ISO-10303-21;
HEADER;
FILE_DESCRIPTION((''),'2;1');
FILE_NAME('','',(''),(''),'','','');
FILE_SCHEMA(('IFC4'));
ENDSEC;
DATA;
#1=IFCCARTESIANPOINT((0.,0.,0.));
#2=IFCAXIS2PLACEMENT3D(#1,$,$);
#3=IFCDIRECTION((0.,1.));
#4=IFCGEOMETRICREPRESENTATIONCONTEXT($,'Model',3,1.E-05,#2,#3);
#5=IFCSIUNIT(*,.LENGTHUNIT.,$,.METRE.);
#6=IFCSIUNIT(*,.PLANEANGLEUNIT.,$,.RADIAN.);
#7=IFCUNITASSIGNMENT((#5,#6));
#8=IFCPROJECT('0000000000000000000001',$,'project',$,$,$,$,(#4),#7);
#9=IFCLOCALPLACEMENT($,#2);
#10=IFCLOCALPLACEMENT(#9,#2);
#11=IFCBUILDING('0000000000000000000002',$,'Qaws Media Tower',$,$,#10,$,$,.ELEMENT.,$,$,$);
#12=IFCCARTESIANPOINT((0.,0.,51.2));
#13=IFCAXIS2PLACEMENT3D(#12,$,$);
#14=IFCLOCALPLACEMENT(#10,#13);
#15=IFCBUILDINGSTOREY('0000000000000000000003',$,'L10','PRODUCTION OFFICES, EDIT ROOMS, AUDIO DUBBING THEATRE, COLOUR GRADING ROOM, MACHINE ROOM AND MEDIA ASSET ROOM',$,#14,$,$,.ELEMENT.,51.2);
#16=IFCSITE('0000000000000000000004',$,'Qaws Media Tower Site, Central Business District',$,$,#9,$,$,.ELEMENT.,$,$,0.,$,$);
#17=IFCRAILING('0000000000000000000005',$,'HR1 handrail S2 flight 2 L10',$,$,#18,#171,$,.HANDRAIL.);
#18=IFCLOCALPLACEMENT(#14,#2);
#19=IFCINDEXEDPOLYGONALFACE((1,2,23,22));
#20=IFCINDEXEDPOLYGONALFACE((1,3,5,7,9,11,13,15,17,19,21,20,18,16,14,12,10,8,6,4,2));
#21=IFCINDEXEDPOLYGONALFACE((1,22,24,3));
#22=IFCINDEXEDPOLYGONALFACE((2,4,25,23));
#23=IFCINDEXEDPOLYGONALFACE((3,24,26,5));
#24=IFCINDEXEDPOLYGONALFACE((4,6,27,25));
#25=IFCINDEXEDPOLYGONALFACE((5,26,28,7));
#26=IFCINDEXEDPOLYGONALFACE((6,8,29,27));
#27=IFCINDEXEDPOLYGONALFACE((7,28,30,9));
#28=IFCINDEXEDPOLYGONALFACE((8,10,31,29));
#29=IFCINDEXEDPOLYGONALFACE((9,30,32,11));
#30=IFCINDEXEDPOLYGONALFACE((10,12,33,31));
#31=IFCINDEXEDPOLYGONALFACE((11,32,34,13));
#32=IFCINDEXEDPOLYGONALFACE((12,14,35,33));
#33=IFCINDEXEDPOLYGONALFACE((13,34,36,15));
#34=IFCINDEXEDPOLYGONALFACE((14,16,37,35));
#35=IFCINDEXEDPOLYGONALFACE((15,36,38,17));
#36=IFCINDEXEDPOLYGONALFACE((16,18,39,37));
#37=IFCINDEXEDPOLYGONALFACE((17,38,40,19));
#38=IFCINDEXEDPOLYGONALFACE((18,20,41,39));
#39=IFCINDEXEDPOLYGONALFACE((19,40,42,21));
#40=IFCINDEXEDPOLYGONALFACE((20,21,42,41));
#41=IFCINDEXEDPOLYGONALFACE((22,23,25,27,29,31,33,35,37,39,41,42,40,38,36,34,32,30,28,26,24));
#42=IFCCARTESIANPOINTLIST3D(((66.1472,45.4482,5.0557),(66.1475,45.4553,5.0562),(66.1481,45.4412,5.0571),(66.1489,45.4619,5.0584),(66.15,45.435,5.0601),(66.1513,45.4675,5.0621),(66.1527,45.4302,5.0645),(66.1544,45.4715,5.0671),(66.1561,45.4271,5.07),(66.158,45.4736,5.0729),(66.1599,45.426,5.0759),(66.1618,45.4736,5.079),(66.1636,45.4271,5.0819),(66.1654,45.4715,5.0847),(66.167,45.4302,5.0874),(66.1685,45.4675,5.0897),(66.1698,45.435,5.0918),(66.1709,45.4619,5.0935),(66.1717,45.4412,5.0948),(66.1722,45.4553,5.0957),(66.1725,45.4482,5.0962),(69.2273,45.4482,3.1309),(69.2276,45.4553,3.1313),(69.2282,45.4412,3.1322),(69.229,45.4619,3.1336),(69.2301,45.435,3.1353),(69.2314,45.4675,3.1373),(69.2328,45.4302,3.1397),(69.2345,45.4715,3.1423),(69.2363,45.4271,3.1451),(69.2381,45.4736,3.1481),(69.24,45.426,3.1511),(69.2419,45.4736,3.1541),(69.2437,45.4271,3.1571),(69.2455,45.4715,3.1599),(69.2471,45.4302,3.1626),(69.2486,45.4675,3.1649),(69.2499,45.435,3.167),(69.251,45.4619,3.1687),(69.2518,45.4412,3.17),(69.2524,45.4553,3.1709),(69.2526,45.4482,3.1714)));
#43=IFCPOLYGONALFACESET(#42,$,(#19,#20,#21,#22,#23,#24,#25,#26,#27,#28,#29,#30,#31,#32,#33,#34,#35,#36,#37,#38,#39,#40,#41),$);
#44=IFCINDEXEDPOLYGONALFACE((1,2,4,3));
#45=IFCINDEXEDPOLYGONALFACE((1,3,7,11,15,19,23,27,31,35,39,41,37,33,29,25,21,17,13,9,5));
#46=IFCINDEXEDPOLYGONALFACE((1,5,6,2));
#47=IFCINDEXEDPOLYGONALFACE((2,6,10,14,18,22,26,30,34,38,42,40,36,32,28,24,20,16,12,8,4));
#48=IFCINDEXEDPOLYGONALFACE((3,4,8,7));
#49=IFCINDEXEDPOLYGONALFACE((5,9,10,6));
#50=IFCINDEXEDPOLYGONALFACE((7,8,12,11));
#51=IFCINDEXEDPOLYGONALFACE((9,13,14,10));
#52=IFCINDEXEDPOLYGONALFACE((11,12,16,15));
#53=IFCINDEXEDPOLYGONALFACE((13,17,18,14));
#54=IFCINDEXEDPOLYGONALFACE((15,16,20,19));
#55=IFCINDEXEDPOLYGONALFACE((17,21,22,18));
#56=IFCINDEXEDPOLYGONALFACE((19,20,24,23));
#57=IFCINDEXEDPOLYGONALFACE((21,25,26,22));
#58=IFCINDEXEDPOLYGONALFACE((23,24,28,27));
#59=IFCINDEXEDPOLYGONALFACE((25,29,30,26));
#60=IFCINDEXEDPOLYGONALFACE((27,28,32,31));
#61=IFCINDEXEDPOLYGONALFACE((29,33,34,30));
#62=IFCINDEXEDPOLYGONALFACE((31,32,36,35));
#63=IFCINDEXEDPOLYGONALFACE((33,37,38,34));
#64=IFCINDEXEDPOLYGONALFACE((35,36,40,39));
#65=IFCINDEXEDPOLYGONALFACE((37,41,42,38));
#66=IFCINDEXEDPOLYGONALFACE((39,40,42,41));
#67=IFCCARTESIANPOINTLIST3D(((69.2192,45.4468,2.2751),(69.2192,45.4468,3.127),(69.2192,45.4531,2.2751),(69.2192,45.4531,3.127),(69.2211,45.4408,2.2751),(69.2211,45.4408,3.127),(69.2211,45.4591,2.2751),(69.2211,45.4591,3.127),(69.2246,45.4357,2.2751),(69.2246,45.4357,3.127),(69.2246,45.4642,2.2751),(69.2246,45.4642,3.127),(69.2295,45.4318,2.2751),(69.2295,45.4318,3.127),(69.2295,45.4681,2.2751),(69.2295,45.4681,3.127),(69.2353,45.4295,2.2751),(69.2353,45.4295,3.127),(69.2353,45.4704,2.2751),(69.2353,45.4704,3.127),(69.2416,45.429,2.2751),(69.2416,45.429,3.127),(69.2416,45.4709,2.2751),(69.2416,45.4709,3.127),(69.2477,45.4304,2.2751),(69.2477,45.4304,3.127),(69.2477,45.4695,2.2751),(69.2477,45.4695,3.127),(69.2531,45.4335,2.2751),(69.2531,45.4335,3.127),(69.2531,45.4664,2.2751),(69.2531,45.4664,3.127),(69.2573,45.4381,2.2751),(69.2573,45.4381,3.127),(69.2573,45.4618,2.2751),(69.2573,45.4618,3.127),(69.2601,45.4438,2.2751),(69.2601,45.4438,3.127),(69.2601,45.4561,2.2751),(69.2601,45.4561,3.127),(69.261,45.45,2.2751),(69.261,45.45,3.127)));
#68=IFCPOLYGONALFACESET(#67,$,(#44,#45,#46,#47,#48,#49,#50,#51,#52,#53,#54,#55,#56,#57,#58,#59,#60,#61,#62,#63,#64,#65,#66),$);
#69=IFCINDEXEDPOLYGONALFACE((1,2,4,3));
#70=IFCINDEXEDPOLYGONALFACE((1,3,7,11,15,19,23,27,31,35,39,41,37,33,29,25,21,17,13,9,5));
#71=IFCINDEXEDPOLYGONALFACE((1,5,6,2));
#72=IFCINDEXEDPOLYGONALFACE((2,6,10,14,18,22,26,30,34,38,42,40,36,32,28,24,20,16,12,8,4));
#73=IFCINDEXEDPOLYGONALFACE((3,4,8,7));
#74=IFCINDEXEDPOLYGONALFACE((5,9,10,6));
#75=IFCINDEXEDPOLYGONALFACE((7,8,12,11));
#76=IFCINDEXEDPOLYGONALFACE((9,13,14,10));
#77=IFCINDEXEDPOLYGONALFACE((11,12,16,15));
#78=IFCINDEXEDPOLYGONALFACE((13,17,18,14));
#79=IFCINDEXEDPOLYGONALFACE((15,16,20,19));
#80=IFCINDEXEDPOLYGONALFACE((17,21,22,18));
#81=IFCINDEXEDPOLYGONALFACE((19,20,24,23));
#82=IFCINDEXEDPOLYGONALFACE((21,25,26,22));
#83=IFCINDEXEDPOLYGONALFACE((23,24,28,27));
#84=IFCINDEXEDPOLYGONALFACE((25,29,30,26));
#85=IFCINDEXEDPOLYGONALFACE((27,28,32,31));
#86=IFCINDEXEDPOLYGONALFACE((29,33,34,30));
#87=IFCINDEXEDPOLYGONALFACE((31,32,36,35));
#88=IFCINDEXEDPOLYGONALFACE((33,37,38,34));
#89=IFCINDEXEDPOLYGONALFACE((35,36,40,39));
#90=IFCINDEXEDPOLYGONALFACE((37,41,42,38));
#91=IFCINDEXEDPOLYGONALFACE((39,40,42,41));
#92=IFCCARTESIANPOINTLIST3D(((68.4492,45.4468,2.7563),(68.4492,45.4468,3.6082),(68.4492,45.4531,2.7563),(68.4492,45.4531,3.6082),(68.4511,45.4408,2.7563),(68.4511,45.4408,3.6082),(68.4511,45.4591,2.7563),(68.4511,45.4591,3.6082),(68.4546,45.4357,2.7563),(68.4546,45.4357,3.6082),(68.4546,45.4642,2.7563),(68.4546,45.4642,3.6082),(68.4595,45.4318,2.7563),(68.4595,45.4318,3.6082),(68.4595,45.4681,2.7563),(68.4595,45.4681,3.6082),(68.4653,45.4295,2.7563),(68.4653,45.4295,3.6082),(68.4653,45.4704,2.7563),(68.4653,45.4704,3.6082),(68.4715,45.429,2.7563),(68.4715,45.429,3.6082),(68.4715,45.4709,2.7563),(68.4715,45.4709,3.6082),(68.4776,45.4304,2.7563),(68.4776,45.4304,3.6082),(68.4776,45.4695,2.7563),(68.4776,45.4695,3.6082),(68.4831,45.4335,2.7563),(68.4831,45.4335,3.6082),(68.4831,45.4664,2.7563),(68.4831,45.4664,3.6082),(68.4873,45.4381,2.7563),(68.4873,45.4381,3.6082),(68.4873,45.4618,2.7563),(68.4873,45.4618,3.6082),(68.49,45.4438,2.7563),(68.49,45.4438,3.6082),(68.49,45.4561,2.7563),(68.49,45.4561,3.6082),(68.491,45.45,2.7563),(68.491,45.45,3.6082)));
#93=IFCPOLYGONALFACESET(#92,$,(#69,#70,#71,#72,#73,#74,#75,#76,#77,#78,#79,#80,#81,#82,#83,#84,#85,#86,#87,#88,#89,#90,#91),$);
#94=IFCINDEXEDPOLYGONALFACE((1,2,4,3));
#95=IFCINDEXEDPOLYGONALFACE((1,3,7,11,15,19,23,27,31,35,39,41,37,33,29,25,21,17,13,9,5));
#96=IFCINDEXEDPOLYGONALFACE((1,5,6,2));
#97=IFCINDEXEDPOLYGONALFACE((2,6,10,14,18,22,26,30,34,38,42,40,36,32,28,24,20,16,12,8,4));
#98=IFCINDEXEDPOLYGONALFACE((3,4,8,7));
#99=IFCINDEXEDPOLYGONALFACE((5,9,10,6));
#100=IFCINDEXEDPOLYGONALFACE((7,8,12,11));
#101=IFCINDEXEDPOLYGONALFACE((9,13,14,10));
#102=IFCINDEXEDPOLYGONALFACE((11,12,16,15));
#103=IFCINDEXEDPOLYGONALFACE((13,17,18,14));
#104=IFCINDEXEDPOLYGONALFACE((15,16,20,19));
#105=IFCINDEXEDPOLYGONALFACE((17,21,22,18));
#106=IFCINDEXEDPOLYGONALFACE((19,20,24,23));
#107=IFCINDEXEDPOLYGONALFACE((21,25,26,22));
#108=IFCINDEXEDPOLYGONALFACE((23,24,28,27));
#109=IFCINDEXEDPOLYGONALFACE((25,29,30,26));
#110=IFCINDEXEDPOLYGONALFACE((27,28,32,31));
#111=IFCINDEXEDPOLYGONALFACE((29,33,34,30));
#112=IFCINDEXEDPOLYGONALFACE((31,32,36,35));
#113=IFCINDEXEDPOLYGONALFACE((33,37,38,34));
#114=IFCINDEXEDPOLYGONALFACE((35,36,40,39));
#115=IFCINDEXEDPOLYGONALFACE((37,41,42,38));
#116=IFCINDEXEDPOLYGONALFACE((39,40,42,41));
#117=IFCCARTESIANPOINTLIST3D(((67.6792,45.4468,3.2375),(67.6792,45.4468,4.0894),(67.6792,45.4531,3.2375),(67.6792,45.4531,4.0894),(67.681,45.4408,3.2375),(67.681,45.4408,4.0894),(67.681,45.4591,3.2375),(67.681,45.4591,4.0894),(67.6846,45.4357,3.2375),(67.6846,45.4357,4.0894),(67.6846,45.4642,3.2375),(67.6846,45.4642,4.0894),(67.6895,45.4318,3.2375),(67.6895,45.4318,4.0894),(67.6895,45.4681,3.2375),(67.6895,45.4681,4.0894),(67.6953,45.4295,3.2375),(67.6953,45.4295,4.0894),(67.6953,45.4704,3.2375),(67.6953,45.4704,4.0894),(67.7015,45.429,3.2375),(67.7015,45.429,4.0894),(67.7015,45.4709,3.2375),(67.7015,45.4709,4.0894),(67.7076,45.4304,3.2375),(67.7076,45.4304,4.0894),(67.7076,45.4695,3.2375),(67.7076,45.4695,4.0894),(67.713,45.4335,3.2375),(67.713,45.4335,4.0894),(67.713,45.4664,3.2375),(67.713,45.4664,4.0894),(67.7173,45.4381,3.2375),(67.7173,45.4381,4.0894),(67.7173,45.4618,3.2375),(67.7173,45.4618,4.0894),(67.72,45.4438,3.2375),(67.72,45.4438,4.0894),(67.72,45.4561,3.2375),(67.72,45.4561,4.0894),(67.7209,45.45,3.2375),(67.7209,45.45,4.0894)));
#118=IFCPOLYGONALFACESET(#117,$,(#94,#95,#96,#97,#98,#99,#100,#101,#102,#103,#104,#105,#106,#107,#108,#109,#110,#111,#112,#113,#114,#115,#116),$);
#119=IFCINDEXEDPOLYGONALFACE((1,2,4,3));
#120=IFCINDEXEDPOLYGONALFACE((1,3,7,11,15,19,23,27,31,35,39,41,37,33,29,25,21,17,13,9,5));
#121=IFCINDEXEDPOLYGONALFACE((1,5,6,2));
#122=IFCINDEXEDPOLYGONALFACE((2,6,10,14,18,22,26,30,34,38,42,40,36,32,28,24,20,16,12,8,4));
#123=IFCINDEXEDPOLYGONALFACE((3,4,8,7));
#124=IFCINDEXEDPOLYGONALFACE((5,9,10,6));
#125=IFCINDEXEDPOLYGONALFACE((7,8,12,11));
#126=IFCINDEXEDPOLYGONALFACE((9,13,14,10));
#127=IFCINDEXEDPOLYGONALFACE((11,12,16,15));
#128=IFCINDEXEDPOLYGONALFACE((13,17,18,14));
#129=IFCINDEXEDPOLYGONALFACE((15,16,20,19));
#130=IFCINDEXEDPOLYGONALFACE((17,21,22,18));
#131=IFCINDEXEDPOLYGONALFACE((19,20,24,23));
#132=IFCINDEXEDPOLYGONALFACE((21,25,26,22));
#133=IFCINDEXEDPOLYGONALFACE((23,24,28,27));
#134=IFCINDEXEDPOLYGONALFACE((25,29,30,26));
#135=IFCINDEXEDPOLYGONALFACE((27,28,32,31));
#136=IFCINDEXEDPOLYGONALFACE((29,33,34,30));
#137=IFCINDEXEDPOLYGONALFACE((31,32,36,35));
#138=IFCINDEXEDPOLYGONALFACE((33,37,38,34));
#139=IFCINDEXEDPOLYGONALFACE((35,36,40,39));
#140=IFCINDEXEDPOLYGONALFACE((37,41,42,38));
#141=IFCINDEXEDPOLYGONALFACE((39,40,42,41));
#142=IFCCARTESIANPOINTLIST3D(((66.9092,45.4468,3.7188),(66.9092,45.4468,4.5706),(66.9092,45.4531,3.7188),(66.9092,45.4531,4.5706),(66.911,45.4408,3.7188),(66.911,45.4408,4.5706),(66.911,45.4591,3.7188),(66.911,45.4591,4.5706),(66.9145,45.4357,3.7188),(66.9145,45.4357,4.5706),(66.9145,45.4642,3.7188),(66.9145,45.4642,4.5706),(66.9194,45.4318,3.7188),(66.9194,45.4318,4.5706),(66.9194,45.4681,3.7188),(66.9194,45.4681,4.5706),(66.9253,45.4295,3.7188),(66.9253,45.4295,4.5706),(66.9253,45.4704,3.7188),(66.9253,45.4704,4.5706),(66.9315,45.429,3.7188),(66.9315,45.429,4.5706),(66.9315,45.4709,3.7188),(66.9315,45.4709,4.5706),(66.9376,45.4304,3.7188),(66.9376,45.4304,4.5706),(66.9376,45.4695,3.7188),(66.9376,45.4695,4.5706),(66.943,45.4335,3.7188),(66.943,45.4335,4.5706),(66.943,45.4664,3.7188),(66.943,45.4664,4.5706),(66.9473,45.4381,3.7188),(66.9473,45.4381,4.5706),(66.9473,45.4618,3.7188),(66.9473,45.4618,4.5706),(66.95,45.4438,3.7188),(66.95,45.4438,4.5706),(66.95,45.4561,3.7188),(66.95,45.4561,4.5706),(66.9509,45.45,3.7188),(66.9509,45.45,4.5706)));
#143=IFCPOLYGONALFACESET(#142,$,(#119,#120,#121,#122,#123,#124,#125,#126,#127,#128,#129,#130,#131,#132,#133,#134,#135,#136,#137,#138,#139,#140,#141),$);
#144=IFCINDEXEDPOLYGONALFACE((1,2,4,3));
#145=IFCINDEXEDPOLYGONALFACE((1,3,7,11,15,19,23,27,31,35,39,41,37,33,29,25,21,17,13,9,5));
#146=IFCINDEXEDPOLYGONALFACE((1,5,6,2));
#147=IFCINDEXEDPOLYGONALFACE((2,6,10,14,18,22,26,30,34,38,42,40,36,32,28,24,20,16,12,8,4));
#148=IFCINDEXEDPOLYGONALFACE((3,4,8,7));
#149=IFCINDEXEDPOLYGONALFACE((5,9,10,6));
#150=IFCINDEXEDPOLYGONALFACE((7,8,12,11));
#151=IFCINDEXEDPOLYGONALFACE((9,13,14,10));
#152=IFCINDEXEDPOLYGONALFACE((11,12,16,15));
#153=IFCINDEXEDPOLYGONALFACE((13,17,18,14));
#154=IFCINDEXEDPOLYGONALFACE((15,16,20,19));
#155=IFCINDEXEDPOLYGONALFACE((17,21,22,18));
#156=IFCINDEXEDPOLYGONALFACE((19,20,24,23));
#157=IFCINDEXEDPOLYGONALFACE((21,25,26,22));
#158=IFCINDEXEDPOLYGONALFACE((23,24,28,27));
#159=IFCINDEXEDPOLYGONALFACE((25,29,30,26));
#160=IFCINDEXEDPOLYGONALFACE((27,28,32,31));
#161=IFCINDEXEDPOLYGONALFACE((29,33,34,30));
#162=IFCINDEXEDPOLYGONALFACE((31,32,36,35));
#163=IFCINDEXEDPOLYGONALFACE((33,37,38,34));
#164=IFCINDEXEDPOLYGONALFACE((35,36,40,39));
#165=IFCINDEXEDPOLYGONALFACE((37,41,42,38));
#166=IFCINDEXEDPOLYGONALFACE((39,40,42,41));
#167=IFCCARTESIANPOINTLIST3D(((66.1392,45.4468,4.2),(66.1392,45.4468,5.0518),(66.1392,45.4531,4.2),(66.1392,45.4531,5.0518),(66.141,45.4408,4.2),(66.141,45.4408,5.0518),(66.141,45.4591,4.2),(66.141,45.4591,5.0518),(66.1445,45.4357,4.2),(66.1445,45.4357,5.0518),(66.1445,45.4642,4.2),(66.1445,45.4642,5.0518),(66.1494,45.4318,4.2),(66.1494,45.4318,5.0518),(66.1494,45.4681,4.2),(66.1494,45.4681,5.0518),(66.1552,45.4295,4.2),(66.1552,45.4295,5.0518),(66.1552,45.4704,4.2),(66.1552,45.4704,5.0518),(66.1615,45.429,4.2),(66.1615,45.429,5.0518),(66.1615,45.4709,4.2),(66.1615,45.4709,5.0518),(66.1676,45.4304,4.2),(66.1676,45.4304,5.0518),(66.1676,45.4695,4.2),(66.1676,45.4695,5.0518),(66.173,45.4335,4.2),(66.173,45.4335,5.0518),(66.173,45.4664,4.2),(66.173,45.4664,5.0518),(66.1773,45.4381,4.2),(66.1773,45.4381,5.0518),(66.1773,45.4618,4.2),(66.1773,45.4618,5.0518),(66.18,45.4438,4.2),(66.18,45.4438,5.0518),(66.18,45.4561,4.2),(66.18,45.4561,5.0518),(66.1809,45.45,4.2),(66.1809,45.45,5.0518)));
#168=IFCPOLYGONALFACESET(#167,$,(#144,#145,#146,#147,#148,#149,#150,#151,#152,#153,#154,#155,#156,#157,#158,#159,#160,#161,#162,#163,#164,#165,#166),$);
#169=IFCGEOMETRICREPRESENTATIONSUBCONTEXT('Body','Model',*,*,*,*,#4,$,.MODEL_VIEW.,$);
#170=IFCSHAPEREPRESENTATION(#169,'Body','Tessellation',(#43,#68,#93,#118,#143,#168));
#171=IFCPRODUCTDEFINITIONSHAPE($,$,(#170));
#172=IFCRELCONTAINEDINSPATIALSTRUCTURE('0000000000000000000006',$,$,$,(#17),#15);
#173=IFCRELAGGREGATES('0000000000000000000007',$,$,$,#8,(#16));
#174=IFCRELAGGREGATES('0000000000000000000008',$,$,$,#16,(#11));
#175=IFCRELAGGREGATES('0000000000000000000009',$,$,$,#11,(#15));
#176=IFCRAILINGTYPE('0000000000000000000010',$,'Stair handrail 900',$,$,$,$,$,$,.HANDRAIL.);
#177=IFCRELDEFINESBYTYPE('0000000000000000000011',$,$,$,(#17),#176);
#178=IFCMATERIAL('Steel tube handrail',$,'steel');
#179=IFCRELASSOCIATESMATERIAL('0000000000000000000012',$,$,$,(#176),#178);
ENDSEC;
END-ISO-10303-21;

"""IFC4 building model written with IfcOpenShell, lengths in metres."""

from ifc_helpers import new_model, si_unit, direction, frame, origin, origin_2d, place, context, subcontext, project, spatial, circle, extrude, material, type_object, element, save


model = new_model("IFC4")

# Units and contexts
model_context = context("Model", 3, precision=1e-05, world=origin(), true_north=direction((0.0, 1.0)))
body_context = subcontext(model_context, "Body", "Model", "MODEL_VIEW")
ifc_project = project(units=[si_unit("LENGTHUNIT", "METRE"), si_unit("PLANEANGLEUNIT", "RADIAN")], contexts=[model_context])

# Site, building, storey
site_placement = place(None, origin())
site = spatial("IfcSite", under=ifc_project, at=site_placement, Name="Qaws Media Tower Site, Central Business District", CompositionType="ELEMENT", RefElevation=0.0)
building_placement = place(site_placement, origin())
building = spatial("IfcBuilding", under=site, at=building_placement, Name="Qaws Media Tower", CompositionType="ELEMENT")
storey_placement = place(building_placement, frame((0.0, 0.0, 51.2)))
storey = spatial("IfcBuildingStorey", under=building, at=storey_placement, Name="L10", Description="PRODUCTION OFFICES, EDIT ROOMS, AUDIO DUBBING THEATRE, COLOUR GRADING ROOM, MACHINE ROOM AND MEDIA ASSET ROOM", CompositionType="ELEMENT", Elevation=51.2)

# Railing
ifc_material_1 = material(Name="Steel tube handrail", Category="steel")
railing_type = type_object("IfcRailingType", Name="Stair handrail 900", PredefinedType="HANDRAIL", material=ifc_material_1)
for number, where, name in (
    (1, (69.24, 45.45, 2.2751), "HR1 handrail S2 flight 2 L10"),
):
    element("IfcRailing", number, at=place(storey_placement, frame(where)), inside=storey, type_object=railing_type, Name=name, PredefinedType="HANDRAIL", context=body_context, shape_type="SweptSolid", body=[
        extrude(circle(Radius=0.0239, at=origin_2d()), frame((0.0, 0.0, 0.876), z_axis=(-0.848029, 0.0, 0.529951), x_axis=(0.0, -1.0, 0.0)), (0.0, 0.0, 1.0), 3.6321),
        extrude(circle(Radius=0.021, at=origin_2d()), origin(), (0.0, 0.0, 1.0), 0.8518),
        extrude(circle(Radius=0.021, at=origin_2d()), frame((-0.77, 0.0, 0.4812)), (0.0, 0.0, 1.0), 0.8518),
        extrude(circle(Radius=0.021, at=origin_2d()), frame((-1.54, 0.0, 0.9624)), (0.0, 0.0, 1.0), 0.8518),
        extrude(circle(Radius=0.021, at=origin_2d()), frame((-2.3101, 0.0, 1.4436)), (0.0, 0.0, 1.0), 0.8518),
        extrude(circle(Radius=0.021, at=origin_2d()), frame((-3.0801, 0.0, 1.9248)), (0.0, 0.0, 1.0), 0.8518),
    ])

save(model, "model.ifc")
